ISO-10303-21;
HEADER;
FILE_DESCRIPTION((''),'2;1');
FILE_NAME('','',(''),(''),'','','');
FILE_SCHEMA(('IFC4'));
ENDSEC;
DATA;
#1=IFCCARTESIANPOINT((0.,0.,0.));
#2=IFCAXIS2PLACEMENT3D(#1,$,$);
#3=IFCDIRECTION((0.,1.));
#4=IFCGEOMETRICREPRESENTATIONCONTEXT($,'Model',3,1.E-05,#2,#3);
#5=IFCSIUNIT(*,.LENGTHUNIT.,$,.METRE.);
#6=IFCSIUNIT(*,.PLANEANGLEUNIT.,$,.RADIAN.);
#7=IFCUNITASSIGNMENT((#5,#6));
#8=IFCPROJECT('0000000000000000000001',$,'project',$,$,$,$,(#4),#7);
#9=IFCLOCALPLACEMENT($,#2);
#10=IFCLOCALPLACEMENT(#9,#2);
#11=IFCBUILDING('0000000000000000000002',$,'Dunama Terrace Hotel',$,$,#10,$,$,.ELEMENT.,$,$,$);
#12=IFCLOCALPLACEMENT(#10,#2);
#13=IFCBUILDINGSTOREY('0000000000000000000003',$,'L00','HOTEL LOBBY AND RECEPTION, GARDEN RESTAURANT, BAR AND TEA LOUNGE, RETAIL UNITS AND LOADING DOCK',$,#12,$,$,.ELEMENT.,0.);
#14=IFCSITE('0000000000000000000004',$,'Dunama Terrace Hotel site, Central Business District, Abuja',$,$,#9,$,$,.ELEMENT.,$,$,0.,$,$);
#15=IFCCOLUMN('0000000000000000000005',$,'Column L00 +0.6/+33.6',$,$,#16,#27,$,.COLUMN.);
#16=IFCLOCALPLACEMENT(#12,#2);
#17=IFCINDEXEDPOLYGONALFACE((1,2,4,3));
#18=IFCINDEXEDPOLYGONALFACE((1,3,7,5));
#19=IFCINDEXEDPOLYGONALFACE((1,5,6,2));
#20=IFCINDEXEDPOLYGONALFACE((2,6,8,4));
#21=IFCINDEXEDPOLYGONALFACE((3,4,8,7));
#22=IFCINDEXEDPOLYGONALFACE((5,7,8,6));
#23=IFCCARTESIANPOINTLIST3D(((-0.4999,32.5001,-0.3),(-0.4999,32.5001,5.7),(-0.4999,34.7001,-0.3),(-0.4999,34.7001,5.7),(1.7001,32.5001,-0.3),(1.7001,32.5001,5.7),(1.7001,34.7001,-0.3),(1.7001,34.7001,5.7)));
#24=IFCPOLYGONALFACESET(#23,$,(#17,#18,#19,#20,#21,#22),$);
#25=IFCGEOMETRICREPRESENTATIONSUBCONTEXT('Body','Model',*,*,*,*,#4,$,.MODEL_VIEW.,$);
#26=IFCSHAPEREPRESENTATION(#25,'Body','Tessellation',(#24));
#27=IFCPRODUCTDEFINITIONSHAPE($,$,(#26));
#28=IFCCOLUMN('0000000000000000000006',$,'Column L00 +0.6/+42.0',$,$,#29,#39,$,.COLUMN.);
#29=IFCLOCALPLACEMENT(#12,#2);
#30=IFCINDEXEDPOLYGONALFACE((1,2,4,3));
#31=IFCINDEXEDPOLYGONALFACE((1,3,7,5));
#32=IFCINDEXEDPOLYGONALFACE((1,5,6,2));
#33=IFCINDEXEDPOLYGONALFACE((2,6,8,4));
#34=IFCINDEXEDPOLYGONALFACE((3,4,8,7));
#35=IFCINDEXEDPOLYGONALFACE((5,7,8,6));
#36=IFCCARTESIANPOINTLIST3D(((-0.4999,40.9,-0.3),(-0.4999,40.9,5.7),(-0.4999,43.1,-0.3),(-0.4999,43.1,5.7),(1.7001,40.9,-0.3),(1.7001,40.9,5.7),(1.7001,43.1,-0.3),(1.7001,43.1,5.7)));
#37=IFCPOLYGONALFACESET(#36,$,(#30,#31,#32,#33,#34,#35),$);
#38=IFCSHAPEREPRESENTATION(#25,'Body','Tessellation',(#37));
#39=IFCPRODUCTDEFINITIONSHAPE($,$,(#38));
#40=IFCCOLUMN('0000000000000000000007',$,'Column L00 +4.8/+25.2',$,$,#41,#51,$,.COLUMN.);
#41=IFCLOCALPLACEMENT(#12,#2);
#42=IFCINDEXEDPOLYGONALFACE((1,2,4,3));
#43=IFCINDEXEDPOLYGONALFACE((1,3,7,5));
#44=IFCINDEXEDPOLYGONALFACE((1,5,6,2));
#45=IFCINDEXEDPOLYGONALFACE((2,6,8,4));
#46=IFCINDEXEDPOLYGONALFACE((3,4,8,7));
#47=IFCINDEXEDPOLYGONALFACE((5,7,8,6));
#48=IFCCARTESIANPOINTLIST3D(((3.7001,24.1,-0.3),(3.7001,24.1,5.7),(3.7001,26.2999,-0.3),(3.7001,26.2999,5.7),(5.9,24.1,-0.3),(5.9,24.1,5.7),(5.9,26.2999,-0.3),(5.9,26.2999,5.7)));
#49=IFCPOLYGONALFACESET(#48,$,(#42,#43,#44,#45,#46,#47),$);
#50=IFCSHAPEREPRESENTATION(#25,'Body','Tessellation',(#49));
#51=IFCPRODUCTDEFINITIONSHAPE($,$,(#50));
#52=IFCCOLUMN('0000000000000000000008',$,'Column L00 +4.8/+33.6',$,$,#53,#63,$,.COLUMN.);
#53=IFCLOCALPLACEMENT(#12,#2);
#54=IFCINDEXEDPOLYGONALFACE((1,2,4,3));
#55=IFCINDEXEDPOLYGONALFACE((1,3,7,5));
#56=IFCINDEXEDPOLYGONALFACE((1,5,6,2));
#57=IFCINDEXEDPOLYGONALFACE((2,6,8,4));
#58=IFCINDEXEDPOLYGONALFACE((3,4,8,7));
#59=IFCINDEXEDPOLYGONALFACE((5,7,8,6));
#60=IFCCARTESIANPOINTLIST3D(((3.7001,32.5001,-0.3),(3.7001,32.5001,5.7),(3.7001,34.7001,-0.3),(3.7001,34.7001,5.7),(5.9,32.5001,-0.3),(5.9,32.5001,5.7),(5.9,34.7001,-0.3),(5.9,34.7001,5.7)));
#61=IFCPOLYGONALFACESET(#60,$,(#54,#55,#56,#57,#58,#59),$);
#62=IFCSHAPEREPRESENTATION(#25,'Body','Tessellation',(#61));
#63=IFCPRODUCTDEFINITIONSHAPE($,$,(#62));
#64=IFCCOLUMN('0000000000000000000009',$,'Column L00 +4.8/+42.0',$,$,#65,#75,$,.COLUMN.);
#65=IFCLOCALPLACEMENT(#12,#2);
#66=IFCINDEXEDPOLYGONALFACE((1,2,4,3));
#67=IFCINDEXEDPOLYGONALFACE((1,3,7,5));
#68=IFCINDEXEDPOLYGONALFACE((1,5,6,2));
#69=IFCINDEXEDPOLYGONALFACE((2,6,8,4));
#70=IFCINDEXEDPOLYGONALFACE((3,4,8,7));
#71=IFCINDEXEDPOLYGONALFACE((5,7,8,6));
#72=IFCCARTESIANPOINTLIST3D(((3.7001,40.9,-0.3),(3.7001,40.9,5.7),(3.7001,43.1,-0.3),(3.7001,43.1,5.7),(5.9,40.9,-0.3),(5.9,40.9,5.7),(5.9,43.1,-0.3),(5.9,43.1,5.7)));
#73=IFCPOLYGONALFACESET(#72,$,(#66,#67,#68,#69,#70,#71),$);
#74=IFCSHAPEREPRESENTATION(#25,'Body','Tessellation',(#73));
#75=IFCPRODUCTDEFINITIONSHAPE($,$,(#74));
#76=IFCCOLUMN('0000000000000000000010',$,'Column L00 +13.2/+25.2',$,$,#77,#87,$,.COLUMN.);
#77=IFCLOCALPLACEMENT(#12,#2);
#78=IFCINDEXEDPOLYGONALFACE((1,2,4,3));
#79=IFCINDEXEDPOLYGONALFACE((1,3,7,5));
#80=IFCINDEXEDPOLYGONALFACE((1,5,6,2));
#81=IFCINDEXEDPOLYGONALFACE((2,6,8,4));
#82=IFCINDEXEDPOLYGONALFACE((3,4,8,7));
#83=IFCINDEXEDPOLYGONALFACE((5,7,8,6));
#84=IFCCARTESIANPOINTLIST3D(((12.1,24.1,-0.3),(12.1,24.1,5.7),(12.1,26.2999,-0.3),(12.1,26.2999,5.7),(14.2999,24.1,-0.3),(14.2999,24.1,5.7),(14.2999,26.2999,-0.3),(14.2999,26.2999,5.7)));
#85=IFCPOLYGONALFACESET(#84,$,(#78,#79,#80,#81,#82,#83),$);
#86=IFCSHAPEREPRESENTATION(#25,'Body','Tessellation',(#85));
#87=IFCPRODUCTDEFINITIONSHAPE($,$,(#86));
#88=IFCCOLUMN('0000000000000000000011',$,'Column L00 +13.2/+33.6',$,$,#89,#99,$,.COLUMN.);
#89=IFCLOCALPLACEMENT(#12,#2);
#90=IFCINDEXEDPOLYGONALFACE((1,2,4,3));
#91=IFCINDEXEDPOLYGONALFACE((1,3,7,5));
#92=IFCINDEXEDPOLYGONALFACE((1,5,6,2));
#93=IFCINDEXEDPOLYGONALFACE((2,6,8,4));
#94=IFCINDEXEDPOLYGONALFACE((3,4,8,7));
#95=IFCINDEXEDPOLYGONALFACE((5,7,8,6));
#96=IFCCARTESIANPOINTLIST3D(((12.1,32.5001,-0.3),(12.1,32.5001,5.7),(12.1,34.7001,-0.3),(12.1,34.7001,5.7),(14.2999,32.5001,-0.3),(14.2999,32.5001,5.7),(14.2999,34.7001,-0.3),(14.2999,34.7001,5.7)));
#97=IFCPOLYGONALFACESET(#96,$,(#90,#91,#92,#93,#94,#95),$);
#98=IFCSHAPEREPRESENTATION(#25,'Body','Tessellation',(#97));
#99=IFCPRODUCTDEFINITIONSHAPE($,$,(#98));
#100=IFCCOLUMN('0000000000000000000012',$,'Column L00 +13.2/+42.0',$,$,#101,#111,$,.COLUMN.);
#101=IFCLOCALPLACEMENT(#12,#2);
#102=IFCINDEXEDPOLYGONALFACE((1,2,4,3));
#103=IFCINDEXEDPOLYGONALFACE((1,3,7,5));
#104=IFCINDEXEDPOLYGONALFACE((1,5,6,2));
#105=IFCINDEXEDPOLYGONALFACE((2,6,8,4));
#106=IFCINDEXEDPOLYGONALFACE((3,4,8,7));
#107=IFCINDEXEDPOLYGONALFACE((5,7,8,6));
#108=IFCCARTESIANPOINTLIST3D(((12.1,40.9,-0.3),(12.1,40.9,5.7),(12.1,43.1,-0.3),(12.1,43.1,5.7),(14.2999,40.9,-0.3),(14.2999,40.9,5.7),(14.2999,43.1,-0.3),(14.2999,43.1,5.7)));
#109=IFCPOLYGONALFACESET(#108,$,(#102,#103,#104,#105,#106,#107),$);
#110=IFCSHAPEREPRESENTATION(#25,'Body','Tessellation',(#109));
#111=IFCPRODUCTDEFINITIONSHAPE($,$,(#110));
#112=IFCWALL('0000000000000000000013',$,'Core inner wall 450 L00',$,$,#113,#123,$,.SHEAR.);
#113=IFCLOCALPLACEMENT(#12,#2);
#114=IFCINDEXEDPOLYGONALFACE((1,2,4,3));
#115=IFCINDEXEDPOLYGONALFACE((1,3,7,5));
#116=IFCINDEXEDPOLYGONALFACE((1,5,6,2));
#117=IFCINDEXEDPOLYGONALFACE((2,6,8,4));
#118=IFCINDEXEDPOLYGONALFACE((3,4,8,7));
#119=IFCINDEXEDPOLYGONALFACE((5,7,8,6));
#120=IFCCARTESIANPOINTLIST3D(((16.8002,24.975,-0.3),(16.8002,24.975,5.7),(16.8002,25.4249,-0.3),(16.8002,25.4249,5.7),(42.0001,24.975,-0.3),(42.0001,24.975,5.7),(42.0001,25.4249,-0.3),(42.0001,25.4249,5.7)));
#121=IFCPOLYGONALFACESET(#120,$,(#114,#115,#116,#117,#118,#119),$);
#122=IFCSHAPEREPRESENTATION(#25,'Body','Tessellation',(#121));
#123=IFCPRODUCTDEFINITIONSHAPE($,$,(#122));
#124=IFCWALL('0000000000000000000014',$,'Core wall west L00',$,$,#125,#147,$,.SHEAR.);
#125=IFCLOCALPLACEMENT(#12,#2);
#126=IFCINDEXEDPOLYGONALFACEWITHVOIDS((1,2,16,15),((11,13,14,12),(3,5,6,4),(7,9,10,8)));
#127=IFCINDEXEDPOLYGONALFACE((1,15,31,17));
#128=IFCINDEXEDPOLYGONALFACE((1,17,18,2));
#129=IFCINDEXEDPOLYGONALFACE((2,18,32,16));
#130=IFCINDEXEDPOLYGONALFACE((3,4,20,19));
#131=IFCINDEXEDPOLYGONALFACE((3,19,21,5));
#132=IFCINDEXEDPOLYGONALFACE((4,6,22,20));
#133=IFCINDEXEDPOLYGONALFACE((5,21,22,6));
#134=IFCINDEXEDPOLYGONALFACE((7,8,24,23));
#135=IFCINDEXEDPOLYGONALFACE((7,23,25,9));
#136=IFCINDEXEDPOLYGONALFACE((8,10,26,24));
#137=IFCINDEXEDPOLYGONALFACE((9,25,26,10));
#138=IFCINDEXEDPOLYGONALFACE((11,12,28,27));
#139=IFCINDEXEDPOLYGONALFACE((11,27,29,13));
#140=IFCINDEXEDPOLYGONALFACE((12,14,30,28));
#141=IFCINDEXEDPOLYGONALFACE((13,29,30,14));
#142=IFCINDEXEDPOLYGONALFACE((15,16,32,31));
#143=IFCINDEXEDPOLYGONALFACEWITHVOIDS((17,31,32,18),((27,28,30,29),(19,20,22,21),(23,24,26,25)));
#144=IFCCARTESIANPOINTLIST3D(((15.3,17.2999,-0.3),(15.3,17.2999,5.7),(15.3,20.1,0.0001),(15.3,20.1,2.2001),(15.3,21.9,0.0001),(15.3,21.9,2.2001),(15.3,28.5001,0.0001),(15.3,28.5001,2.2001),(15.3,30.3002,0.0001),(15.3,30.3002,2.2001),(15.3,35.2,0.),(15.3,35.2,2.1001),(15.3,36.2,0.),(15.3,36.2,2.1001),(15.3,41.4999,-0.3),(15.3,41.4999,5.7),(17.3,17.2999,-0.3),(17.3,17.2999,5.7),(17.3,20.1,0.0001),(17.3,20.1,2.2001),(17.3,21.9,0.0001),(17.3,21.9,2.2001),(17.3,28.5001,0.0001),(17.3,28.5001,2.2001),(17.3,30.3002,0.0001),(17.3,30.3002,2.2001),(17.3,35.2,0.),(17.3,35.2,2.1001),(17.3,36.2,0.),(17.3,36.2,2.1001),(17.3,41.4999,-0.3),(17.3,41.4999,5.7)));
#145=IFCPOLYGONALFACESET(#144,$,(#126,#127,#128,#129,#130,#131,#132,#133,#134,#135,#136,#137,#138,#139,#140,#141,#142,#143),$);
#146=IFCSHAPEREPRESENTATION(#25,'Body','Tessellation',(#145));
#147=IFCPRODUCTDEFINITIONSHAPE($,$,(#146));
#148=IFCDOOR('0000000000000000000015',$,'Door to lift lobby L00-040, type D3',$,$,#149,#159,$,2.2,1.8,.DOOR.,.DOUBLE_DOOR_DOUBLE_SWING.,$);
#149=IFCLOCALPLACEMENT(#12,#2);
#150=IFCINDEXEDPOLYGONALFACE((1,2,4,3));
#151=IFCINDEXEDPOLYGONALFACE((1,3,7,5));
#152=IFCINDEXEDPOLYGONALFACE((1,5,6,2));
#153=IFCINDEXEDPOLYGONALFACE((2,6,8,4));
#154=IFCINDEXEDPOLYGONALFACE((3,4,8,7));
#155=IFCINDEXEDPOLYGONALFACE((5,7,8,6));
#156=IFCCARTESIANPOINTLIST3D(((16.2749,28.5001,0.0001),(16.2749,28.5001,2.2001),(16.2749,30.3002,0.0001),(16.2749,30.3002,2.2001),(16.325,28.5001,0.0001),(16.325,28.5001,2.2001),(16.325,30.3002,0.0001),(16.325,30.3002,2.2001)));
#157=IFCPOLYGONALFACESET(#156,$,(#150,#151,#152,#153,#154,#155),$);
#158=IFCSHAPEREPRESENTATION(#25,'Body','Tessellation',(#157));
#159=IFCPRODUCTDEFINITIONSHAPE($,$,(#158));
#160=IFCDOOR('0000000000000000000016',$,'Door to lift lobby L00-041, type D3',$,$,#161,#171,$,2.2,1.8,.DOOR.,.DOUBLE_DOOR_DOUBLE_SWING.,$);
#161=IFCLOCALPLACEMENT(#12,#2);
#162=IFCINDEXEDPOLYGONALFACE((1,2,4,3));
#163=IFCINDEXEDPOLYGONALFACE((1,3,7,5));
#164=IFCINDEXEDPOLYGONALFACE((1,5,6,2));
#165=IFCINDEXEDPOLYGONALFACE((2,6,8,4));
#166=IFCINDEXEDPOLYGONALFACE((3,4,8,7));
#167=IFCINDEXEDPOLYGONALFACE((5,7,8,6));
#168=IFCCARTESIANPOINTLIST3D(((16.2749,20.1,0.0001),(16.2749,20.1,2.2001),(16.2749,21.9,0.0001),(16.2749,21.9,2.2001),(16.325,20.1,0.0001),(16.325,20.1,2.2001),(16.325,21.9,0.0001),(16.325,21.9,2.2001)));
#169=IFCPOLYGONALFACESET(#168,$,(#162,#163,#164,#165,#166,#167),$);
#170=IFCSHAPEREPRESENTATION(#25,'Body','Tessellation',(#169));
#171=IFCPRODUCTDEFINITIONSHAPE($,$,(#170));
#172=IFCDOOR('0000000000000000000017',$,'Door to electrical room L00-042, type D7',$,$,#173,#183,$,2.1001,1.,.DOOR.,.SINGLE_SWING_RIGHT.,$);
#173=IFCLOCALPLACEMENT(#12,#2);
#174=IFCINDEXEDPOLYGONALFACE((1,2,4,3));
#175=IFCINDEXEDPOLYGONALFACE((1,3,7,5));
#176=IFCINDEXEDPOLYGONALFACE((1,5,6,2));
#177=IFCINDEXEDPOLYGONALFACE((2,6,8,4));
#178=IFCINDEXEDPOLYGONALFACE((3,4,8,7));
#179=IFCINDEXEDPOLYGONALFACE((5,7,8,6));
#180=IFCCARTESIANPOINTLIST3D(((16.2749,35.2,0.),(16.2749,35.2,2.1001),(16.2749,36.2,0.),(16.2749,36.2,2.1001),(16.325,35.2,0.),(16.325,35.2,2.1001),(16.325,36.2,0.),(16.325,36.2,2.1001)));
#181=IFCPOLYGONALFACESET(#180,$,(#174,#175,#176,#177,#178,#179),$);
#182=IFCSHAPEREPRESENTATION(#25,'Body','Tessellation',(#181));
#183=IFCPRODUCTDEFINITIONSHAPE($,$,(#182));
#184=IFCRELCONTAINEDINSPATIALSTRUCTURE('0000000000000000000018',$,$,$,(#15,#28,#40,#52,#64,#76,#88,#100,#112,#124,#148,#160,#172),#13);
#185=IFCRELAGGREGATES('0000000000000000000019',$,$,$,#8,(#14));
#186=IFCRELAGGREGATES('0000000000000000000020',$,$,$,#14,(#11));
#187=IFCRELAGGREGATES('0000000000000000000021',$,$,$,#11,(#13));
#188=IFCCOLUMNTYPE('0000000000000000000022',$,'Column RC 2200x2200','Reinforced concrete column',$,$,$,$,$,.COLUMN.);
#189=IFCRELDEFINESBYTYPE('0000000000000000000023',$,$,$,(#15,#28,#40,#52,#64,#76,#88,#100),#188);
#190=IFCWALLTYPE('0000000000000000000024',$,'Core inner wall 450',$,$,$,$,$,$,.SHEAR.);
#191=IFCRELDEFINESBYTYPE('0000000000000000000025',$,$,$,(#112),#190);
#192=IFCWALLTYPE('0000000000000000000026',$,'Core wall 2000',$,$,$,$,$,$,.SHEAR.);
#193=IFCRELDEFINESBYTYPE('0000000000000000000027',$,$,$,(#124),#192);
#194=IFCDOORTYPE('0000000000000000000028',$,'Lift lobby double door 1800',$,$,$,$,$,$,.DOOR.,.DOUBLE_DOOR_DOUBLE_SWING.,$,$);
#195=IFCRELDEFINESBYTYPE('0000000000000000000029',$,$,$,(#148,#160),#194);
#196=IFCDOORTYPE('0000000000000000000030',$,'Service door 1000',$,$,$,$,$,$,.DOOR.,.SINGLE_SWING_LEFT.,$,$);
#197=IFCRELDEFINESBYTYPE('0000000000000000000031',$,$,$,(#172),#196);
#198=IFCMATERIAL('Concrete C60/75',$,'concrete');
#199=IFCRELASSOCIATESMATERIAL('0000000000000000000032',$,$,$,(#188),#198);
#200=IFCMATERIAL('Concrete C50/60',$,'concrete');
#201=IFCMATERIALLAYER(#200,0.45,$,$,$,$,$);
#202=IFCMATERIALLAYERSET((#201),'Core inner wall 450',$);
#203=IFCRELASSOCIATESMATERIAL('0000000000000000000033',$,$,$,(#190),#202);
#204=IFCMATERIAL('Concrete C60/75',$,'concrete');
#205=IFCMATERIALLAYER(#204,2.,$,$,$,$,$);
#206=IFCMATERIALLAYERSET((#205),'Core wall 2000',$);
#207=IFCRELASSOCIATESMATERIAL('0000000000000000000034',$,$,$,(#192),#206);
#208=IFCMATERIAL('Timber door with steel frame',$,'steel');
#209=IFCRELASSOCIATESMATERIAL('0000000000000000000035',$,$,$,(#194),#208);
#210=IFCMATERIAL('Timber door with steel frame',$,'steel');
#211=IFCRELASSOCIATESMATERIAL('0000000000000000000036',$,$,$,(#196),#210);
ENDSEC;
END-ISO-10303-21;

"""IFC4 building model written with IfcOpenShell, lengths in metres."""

from ifc_helpers import new_model, si_unit, direction, frame, frame_2d, origin, origin_2d, place, context, subcontext, project, spatial, rectangle, extrude, material, layer, layer_set, material_profile, profile_set, type_object, element, fill, save


model = new_model("IFC4")

# Units and contexts
model_context = context("Model", 3, precision=1e-05, world=origin(), true_north=direction((0.0, 1.0)))
body_context = subcontext(model_context, "Body", "Model", "MODEL_VIEW")
ifc_project = project(units=[si_unit("LENGTHUNIT", "METRE"), si_unit("PLANEANGLEUNIT", "RADIAN")], contexts=[model_context])

# Site, building, storey
site_placement = place(None, origin())
site = spatial("IfcSite", under=ifc_project, at=site_placement, Name="Dunama Terrace Hotel site, Central Business District, Abuja", CompositionType="ELEMENT", RefElevation=0.0)
building_placement = place(site_placement, origin())
building = spatial("IfcBuilding", under=site, at=building_placement, Name="Dunama Terrace Hotel", CompositionType="ELEMENT")
storey_placement = place(building_placement, origin())
storey = spatial("IfcBuildingStorey", under=building, at=storey_placement, Name="L00", Description="HOTEL LOBBY AND RECEPTION, GARDEN RESTAURANT, BAR AND TEA LOUNGE, RETAIL UNITS AND LOADING DOCK", CompositionType="ELEMENT", Elevation=0.0)

# Columns
ifc_material_1 = material(Name="Concrete C60/75", Category="concrete")
ifc_material_profile = material_profile(ifc_material_1, rectangle(XDim=2.2, YDim=2.2, at=origin_2d()), Name="RC 2200x2200")
ifc_profile_set = profile_set([ifc_material_profile], Name="Concrete C60/75")
column_type = type_object("IfcColumnType", Name="Column RC 2200x2200", Description="Reinforced concrete column", PredefinedType="COLUMN", material=ifc_profile_set)
for number, where, z_axis, x_axis, name in (
    (1, (0.6001, 33.6001, -0.3), (0.0, 0.0, 1.0), (1.0, 0.0, 0.0), "Column L00 +0.6/+33.6"),
    (2, (0.6001, 42.0, -0.3), (0.0, 0.0, 1.0), (1.0, 0.0, 0.0), "Column L00 +0.6/+42.0"),
    (3, (4.8, 25.2, -0.3), (0.0, 0.0, 1.0), (1.0, 0.0, 0.0), "Column L00 +4.8/+25.2"),
    (4, (4.8, 33.6001, -0.3), (0.0, 0.0, 1.0), (1.0, 0.0, 0.0), "Column L00 +4.8/+33.6"),
    (5, (4.8, 42.0, -0.3), (0.0, 0.0, 1.0), (1.0, 0.0, 0.0), "Column L00 +4.8/+42.0"),
    (6, (13.2, 25.2, -0.3), (0.0, 0.0, 1.0), (1.0, 0.0, 0.0), "Column L00 +13.2/+25.2"),
    (7, (13.2, 33.6001, -0.3), (0.0, 0.0, 1.0), (1.0, 0.0, 0.0), "Column L00 +13.2/+33.6"),
    (8, (13.2, 42.0, -0.3), (0.0, 0.0, 1.0), (1.0, 0.0, 0.0), "Column L00 +13.2/+42.0"),
):
    element("IfcColumn", number, at=place(storey_placement, frame(where, z_axis=z_axis, x_axis=x_axis)), inside=storey, type_object=column_type, Name=name, PredefinedType="COLUMN", context=body_context, shape_type="SweptSolid", body=[
        extrude(rectangle(XDim=2.2, YDim=2.2, at=origin_2d()), origin(), (0.0, 0.0, 1.0), 6.0),
    ])

# Wall
ifc_material_2 = material(Name="Concrete C50/60", Category="concrete")
ifc_layer_1 = layer(ifc_material_2, 0.45)
ifc_layer_set_1 = layer_set([ifc_layer_1], Name="Core inner wall 450")
wall_type_1 = type_object("IfcWallType", Name="Core inner wall 450", PredefinedType="SHEAR", material=ifc_layer_set_1)
wall_1_placement = place(storey_placement, frame((16.8, 25.2, -0.3), z_axis=(0.0, 0.0, 1.0), x_axis=(1.0, 0.0, 0.0)))
element("IfcWall", 9, at=wall_1_placement, inside=storey, type_object=wall_type_1, Name="Core inner wall 450 L00", PredefinedType="SHEAR", context=body_context, shape_type="SweptSolid", body=[
    extrude(rectangle(XDim=25.2, YDim=0.45, at=frame_2d((12.6001, 0.0))), origin(), (0.0, 0.0, 1.0), 6.0),
])

# Wall, openings, doors
ifc_material_3 = material(Name="Concrete C60/75", Category="concrete")
ifc_layer_2 = layer(ifc_material_3, 2.0)
ifc_layer_set_2 = layer_set([ifc_layer_2], Name="Core wall 2000")
wall_type_2 = type_object("IfcWallType", Name="Core wall 2000", PredefinedType="SHEAR", material=ifc_layer_set_2)
wall_2_placement = place(storey_placement, frame((16.3, 41.5, -0.3), z_axis=(0.0, 0.0, 1.0), x_axis=(0.0, -1.0, 0.0)))
wall_2 = element("IfcWall", 10, at=wall_2_placement, inside=storey, type_object=wall_type_2, Name="Core wall west L00", PredefinedType="SHEAR", context=body_context, shape_type="SweptSolid", body=[
    extrude(rectangle(XDim=24.2, YDim=2.0, at=frame_2d((12.1001, 0.0))), origin(), (0.0, 0.0, 1.0), 6.0),
])
opening_1_placement = place(wall_2_placement, frame((11.2, 0.0, 0.3)))
opening_1 = element("IfcOpeningElement", 11, at=opening_1_placement, cuts=wall_2, PredefinedType="OPENING", context=body_context, shape_type="SweptSolid", body=[
    extrude(rectangle(XDim=1.8, YDim=2.2, at=frame_2d((0.8999, 1.1001))), frame((0.0, 1.01, 0.0), z_axis=(0.0, -1.0, 0.0), x_axis=(1.0, 0.0, 0.0)), (0.0, 0.0, 1.0), 2.02),
])
opening_2_placement = place(wall_2_placement, frame((19.6001, 0.0, 0.3)))
opening_2 = element("IfcOpeningElement", 12, at=opening_2_placement, cuts=wall_2, PredefinedType="OPENING", context=body_context, shape_type="SweptSolid", body=[
    extrude(rectangle(XDim=1.8, YDim=2.2, at=frame_2d((0.8999, 1.1001))), frame((0.0, 1.01, 0.0), z_axis=(0.0, -1.0, 0.0), x_axis=(1.0, 0.0, 0.0)), (0.0, 0.0, 1.0), 2.02),
])
opening_3_placement = place(wall_2_placement, frame((5.3, 0.0, 0.3)))
opening_3 = element("IfcOpeningElement", 13, at=opening_3_placement, cuts=wall_2, PredefinedType="OPENING", context=body_context, shape_type="SweptSolid", body=[
    extrude(rectangle(XDim=1.0, YDim=2.1001, at=frame_2d((0.5, 1.05))), frame((0.0, 1.01, 0.0), z_axis=(0.0, -1.0, 0.0), x_axis=(1.0, 0.0, 0.0)), (0.0, 0.0, 1.0), 2.02),
])
ifc_material_4 = material(Name="Timber door with steel frame", Category="steel")
door_type_1 = type_object("IfcDoorType", Name="Lift lobby double door 1800", OperationType="DOUBLE_DOOR_DOUBLE_SWING", PredefinedType="DOOR", material=ifc_material_4)
door_1_placement = place(opening_1_placement, origin())
door_1 = element("IfcDoor", 14, at=door_1_placement, inside=storey, type_object=door_type_1, Name="Door to lift lobby L00-040, type D3", OperationType="DOUBLE_DOOR_DOUBLE_SWING", OverallHeight=2.2, OverallWidth=1.8, PredefinedType="DOOR", context=body_context, shape_type="SweptSolid", body=[
    extrude(rectangle(XDim=1.8, YDim=2.2, at=frame_2d((0.8999, 1.1001))), frame((0.0, 0.0249, 0.0), z_axis=(0.0, -1.0, 0.0), x_axis=(1.0, 0.0, 0.0)), (0.0, 0.0, 1.0), 0.05),
])
fill(opening_1, door_1)
door_2_placement = place(opening_2_placement, origin())
door_2 = element("IfcDoor", 15, at=door_2_placement, inside=storey, type_object=door_type_1, Name="Door to lift lobby L00-041, type D3", OperationType="DOUBLE_DOOR_DOUBLE_SWING", OverallHeight=2.2, OverallWidth=1.8, PredefinedType="DOOR", context=body_context, shape_type="SweptSolid", body=[
    extrude(rectangle(XDim=1.8, YDim=2.2, at=frame_2d((0.8999, 1.1001))), frame((0.0, 0.0249, 0.0), z_axis=(0.0, -1.0, 0.0), x_axis=(1.0, 0.0, 0.0)), (0.0, 0.0, 1.0), 0.05),
])
fill(opening_2, door_2)
ifc_material_5 = material(Name="Timber door with steel frame", Category="steel")
door_type_2 = type_object("IfcDoorType", Name="Service door 1000", OperationType="SINGLE_SWING_LEFT", PredefinedType="DOOR", material=ifc_material_5)
door_3_placement = place(opening_3_placement, origin())
door_3 = element("IfcDoor", 16, at=door_3_placement, inside=storey, type_object=door_type_2, Name="Door to electrical room L00-042, type D7", OperationType="SINGLE_SWING_RIGHT", OverallHeight=2.1001, OverallWidth=1.0, PredefinedType="DOOR", context=body_context, shape_type="SweptSolid", body=[
    extrude(rectangle(XDim=1.0, YDim=2.1001, at=frame_2d((0.5, 1.05))), frame((0.0, 0.0249, 0.0), z_axis=(0.0, -1.0, 0.0), x_axis=(1.0, 0.0, 0.0)), (0.0, 0.0, 1.0), 0.05),
])
fill(opening_3, door_3)

save(model, "model.ifc")
